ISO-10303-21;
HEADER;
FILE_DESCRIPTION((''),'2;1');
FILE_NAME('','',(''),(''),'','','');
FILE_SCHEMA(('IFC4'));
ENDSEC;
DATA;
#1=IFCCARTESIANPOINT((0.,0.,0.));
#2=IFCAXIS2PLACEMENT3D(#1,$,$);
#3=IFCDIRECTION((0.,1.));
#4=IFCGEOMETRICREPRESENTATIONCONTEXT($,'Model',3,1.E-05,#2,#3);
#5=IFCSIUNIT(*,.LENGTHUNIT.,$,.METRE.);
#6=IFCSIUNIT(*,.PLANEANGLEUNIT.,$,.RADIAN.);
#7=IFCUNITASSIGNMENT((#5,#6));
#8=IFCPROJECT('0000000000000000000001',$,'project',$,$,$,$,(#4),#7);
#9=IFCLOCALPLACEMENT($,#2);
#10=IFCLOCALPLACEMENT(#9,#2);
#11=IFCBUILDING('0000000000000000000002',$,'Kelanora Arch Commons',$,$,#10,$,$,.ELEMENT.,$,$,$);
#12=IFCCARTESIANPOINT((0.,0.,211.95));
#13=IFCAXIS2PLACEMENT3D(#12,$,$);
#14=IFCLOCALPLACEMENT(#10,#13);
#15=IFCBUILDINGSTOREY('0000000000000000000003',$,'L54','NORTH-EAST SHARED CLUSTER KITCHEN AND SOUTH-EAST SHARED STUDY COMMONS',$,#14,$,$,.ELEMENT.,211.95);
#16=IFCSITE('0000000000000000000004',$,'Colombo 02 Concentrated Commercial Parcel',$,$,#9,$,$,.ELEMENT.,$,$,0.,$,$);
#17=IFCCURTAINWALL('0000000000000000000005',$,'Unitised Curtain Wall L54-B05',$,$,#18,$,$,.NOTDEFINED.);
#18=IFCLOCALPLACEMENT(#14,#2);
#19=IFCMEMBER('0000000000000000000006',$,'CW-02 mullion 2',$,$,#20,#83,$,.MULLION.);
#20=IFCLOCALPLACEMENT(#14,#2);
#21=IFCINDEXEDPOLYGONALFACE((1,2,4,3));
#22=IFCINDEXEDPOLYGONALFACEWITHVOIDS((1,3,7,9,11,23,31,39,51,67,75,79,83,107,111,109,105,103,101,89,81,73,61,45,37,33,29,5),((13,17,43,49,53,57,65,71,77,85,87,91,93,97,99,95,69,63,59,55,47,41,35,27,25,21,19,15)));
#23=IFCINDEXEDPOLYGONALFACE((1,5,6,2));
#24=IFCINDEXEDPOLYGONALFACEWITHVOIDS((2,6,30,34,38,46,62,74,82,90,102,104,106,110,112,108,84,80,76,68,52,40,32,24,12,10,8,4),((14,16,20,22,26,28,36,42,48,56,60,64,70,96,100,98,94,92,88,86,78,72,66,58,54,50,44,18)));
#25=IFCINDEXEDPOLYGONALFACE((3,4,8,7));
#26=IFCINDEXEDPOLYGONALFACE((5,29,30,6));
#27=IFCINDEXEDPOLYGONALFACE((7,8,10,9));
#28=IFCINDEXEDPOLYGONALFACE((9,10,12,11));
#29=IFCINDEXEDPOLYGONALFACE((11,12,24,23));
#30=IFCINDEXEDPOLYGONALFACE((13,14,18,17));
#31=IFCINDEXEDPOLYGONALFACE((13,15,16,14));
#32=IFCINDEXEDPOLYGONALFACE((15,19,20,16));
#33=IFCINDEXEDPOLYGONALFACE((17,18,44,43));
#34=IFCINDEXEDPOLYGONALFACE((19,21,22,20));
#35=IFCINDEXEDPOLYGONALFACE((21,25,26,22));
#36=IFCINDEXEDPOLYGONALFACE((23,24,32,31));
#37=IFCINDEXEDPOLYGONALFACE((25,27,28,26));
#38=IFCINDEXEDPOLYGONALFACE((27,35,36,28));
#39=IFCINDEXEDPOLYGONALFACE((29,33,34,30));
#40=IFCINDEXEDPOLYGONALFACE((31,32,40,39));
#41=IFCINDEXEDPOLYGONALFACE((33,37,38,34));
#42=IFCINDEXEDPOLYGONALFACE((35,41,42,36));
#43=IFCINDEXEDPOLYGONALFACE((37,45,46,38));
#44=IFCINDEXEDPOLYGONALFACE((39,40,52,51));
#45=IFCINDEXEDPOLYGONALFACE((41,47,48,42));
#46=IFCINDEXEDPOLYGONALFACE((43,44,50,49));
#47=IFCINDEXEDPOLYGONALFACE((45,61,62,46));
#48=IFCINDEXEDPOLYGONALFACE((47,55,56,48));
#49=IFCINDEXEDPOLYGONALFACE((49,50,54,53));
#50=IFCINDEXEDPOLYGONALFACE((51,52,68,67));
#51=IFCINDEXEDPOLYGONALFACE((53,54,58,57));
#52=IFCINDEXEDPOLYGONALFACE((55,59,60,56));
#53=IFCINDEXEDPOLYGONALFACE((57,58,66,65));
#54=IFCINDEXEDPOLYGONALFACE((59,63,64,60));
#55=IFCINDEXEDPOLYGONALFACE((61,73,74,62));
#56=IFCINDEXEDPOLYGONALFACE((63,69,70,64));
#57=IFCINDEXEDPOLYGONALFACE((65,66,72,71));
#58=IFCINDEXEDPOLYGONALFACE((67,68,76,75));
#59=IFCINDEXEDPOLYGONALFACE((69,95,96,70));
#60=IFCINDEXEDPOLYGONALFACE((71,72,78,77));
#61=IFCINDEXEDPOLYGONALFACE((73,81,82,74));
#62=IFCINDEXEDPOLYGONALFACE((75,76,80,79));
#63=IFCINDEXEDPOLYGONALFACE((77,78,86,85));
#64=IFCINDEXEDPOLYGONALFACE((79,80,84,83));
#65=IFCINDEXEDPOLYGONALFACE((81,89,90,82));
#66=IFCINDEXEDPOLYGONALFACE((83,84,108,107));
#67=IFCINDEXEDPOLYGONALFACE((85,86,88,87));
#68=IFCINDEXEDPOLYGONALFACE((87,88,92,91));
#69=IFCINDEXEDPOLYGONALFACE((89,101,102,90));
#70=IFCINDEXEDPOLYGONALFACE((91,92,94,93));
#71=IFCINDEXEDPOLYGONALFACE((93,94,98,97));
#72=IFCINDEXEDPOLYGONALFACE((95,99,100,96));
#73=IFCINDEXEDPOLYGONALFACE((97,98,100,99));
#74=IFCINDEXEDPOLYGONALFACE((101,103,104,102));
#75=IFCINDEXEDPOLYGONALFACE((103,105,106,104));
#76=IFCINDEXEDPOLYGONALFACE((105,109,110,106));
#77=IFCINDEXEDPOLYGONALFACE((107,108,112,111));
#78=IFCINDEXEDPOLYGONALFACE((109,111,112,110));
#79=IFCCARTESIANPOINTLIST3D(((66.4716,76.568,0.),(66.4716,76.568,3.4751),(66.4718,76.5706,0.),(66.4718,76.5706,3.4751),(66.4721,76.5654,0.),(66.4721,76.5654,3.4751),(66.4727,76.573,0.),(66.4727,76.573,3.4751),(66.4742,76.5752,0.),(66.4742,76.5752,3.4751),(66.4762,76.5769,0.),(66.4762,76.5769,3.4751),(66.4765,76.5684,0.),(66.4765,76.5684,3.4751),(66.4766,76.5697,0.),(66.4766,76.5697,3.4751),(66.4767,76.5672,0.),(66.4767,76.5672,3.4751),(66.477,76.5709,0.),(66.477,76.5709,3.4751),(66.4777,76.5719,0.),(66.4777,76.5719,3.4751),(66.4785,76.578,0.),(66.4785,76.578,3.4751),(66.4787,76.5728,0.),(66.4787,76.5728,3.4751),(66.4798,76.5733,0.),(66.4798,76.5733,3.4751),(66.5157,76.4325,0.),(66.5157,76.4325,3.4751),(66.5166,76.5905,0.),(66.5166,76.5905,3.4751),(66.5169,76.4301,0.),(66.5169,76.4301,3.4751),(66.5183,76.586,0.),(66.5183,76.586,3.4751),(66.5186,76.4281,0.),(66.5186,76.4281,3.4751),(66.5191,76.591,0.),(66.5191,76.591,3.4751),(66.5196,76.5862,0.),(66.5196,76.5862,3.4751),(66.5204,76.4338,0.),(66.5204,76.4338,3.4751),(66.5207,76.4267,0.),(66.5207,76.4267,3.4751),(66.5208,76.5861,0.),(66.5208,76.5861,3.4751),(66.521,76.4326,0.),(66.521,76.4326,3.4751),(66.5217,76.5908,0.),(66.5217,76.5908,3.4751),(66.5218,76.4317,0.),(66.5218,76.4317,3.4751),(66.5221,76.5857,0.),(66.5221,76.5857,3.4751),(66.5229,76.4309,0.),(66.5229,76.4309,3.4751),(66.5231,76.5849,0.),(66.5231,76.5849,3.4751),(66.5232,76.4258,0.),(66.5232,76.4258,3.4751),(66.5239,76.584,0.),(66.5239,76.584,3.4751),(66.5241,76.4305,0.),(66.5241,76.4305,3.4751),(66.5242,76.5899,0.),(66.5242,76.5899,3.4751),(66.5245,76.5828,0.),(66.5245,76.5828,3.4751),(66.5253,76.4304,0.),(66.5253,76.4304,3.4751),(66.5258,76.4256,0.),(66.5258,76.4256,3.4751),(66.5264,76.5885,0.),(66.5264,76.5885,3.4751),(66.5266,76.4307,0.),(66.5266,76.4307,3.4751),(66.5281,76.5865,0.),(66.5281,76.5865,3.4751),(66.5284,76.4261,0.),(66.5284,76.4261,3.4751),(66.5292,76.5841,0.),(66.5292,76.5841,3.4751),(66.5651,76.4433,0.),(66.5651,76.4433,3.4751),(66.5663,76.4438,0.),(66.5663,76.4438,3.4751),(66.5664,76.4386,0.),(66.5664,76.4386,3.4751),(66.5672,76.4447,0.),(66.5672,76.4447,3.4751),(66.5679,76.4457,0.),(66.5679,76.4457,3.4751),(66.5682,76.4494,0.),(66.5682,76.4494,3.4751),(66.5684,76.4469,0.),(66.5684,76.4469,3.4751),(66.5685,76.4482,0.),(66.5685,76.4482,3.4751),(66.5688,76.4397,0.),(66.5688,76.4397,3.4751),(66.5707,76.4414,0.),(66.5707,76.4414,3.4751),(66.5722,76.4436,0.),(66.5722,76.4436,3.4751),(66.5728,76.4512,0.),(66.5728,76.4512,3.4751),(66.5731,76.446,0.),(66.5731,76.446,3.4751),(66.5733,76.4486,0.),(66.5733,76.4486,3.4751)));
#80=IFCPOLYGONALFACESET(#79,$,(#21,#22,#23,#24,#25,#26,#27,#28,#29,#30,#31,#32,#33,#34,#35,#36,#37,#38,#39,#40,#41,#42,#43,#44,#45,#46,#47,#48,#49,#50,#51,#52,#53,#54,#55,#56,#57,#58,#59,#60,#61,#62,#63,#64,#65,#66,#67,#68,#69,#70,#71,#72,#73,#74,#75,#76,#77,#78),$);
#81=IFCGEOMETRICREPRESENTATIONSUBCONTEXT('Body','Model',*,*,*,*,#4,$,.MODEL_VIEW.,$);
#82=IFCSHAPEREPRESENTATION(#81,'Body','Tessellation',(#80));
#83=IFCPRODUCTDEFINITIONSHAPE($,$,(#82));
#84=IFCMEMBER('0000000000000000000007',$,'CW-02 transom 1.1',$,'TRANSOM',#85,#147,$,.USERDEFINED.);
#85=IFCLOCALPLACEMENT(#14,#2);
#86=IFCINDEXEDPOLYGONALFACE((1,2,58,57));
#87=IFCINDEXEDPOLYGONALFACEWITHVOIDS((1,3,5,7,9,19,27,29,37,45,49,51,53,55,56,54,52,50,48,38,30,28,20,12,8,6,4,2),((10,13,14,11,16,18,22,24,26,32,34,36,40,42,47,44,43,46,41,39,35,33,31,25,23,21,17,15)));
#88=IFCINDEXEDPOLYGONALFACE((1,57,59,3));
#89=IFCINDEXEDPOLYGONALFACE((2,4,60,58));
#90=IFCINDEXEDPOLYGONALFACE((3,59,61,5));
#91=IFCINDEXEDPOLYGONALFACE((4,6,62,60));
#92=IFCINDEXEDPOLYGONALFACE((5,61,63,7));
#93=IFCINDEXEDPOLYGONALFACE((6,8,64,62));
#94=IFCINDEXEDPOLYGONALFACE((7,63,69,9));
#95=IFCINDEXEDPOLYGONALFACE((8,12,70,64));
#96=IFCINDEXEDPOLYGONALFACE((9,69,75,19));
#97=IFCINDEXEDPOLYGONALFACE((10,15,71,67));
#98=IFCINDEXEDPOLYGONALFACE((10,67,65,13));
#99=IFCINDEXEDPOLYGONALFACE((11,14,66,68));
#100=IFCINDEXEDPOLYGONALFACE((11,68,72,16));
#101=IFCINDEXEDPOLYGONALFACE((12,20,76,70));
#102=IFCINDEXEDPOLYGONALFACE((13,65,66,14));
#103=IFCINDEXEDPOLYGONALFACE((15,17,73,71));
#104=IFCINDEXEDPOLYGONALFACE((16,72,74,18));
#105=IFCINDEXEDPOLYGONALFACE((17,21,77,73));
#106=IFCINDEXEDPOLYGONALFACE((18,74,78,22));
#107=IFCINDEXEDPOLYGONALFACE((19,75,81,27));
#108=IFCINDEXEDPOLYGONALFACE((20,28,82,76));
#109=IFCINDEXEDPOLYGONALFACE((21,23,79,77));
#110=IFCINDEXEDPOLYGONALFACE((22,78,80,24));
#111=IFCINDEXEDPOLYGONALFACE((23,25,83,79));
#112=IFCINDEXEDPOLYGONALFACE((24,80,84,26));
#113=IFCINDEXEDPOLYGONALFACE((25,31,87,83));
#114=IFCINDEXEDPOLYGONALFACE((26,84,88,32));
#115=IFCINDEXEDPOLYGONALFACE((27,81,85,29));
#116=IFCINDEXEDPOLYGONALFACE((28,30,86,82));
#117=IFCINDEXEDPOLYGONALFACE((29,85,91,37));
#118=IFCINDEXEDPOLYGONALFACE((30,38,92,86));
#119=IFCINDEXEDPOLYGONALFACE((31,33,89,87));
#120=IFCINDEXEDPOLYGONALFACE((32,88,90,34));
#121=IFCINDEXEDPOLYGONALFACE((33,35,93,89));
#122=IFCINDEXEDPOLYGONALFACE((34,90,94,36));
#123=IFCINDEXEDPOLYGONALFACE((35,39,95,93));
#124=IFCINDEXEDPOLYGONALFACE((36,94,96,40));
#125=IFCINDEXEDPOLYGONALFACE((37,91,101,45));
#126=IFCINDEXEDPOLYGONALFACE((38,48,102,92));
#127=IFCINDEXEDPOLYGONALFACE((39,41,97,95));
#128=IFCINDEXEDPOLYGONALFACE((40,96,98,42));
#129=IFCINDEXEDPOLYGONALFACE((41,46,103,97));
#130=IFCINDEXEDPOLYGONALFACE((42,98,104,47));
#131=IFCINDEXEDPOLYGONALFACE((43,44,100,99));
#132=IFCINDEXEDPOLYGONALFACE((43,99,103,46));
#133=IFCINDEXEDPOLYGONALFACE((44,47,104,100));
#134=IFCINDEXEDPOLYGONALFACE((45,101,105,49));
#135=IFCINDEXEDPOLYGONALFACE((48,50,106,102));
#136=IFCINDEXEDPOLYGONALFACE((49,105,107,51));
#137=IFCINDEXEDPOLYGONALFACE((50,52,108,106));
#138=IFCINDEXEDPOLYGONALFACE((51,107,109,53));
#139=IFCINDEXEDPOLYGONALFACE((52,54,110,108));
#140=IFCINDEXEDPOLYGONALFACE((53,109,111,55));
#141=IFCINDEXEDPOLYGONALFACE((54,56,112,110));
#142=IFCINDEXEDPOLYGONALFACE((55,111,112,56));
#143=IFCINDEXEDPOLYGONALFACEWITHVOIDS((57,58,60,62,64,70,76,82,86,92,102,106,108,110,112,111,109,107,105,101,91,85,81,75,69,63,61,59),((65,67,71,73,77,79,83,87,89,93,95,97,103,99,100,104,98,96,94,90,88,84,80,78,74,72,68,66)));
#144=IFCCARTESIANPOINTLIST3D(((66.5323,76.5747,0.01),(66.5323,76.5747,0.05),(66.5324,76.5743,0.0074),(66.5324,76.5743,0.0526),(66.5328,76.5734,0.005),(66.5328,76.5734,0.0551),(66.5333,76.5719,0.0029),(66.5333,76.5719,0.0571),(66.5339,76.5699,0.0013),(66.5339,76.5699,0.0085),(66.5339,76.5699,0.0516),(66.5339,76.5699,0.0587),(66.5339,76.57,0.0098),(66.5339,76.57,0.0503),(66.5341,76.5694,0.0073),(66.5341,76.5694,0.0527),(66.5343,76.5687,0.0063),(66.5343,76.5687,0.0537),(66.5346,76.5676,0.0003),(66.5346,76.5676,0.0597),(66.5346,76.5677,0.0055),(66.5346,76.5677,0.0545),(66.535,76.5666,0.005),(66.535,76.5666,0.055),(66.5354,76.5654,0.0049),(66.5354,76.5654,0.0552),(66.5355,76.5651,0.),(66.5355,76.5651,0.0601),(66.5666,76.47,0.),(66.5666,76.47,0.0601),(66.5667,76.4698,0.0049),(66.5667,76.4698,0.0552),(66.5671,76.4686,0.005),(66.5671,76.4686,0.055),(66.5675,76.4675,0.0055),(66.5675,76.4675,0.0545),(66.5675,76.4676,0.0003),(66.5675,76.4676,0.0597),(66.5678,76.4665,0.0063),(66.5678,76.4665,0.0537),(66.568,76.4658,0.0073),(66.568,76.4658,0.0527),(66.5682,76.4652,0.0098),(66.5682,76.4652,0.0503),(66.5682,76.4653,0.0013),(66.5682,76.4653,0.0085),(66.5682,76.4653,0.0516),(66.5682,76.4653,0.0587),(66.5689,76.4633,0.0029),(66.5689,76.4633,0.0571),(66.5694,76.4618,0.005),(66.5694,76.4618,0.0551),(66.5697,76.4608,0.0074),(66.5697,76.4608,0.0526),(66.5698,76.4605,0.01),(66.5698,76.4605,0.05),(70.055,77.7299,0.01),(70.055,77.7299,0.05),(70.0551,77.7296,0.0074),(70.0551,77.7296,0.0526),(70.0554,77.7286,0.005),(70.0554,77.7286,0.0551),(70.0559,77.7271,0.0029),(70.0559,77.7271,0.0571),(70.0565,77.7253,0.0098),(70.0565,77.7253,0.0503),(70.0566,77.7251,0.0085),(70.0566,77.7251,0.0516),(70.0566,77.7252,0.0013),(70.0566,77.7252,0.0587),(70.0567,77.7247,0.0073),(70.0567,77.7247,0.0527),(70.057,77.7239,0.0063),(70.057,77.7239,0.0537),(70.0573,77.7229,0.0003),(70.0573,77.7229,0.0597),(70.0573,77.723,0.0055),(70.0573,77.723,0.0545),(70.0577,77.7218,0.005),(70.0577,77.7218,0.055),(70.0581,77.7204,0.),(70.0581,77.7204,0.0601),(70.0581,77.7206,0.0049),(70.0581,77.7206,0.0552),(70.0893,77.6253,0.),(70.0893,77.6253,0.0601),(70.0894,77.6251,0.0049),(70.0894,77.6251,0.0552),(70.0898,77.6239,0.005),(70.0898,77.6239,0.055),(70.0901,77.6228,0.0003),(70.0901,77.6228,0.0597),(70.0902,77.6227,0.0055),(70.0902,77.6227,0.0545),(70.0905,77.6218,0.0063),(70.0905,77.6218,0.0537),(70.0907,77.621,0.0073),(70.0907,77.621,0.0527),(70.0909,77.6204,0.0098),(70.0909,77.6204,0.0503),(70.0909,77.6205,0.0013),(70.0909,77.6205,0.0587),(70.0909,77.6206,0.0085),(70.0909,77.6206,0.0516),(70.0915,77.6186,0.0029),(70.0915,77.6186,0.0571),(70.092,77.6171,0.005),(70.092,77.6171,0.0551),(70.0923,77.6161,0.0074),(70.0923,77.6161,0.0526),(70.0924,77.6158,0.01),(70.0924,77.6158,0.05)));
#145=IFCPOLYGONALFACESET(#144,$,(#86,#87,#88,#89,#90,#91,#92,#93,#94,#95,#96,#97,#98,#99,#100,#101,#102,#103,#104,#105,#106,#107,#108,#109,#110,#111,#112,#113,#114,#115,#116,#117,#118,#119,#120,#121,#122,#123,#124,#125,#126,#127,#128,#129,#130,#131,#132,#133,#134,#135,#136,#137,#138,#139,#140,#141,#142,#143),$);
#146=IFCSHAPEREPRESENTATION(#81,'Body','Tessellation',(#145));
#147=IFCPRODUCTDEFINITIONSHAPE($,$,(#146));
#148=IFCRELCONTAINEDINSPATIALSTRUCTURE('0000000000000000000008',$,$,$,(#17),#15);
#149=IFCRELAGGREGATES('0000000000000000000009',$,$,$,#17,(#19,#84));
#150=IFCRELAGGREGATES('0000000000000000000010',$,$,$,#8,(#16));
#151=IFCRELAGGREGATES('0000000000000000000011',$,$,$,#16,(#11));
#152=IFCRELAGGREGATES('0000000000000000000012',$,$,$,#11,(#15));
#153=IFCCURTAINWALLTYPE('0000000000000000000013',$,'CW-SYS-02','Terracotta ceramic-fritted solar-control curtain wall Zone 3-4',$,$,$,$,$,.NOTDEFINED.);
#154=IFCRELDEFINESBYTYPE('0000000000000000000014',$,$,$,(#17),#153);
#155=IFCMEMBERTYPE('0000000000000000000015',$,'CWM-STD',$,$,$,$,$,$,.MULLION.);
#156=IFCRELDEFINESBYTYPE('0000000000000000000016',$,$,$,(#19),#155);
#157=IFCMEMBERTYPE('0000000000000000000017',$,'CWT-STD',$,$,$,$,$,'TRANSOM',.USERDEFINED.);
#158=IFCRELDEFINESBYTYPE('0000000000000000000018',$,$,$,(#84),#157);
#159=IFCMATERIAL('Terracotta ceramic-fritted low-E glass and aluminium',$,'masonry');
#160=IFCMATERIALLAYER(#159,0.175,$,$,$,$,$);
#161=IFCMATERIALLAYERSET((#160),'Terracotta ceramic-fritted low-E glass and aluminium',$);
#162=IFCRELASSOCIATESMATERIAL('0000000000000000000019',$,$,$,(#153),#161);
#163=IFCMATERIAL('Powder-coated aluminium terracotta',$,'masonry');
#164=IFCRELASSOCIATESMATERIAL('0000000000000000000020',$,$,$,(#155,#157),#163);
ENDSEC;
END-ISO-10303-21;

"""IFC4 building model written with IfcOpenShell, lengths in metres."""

from ifc_helpers import new_model, si_unit, direction, frame, origin, origin_2d, place, context, subcontext, project, spatial, hollow_rectangle, extrude, material, layer, layer_set, material_profile, profile_set, type_object, element, aggregate, save


model = new_model("IFC4")

# Units and contexts
model_context = context("Model", 3, precision=1e-05, world=origin(), true_north=direction((0.0, 1.0)))
body_context = subcontext(model_context, "Body", "Model", "MODEL_VIEW")
ifc_project = project(units=[si_unit("LENGTHUNIT", "METRE"), si_unit("PLANEANGLEUNIT", "RADIAN")], contexts=[model_context])

# Site, building, storey
site_placement = place(None, origin())
site = spatial("IfcSite", under=ifc_project, at=site_placement, Name="Colombo 02 Concentrated Commercial Parcel", CompositionType="ELEMENT", RefElevation=0.0)
building_placement = place(site_placement, origin())
building = spatial("IfcBuilding", under=site, at=building_placement, Name="Kelanora Arch Commons", CompositionType="ELEMENT")
storey_placement = place(building_placement, frame((0.0, 0.0, 211.95)))
storey = spatial("IfcBuildingStorey", under=building, at=storey_placement, Name="L54", Description="NORTH-EAST SHARED CLUSTER KITCHEN AND SOUTH-EAST SHARED STUDY COMMONS", CompositionType="ELEMENT", Elevation=211.95)

# Curtain wall, members
ifc_material_1 = material(Name="Terracotta ceramic-fritted low-E glass and aluminium", Category="masonry")
ifc_layer_1 = layer(ifc_material_1, 0.175)
ifc_layer_set_1 = layer_set([ifc_layer_1], Name="Terracotta ceramic-fritted low-E glass and aluminium")
curtain_wall_type = type_object("IfcCurtainWallType", Name="CW-SYS-02", Description="Terracotta ceramic-fritted solar-control curtain wall Zone 3-4", PredefinedType="NOTDEFINED", material=ifc_layer_set_1)
curtain_wall_placement = place(storey_placement, origin())
curtain_wall = element("IfcCurtainWall", 1, at=curtain_wall_placement, inside=storey, type_object=curtain_wall_type, Name="Unitised Curtain Wall L54-B05", PredefinedType="NOTDEFINED")
ifc_material_2 = material(Name="Powder-coated aluminium terracotta", Category="masonry")
ifc_material_profile_1 = material_profile(ifc_material_2, hollow_rectangle(XDim=0.1599, YDim=0.0601, WallThickness=0.0049, InnerFilletRadius=0.0049, OuterFilletRadius=0.01, at=origin_2d()), Name="CWM160x60")
ifc_profile_set_1 = profile_set([ifc_material_profile_1], Name="Powder-coated aluminium terracotta")
member_type_1 = type_object("IfcMemberType", Name="CWM-STD", PredefinedType="MULLION", material=ifc_profile_set_1)
member_1_placement = place(storey_placement, frame((66.5225, 76.5083, 0.0), z_axis=(0.0, 0.0, 1.0), x_axis=(0.311582, -0.950219, 0.0)))
member_1 = element("IfcMember", 2, at=member_1_placement, type_object=member_type_1, Name="CW-02 mullion 2", PredefinedType="MULLION", context=body_context, shape_type="SweptSolid", body=[
    extrude(hollow_rectangle(XDim=0.1599, YDim=0.0601, WallThickness=0.0049, InnerFilletRadius=0.0049, OuterFilletRadius=0.01, at=origin_2d()), origin(), (0.0, 0.0, 1.0), 3.4751),
])
ifc_material_profile_2 = material_profile(ifc_material_2, hollow_rectangle(XDim=0.1201, YDim=0.0601, WallThickness=0.0049, InnerFilletRadius=0.0049, OuterFilletRadius=0.01, at=origin_2d()), Name="CWT120x60")
ifc_profile_set_2 = profile_set([ifc_material_profile_2], Name="Powder-coated aluminium terracotta")
member_type_2 = type_object("IfcMemberType", Name="CWT-STD", ElementType="TRANSOM", PredefinedType="USERDEFINED", material=ifc_profile_set_2)
member_2_placement = place(storey_placement, frame((70.0737, 77.6729, 0.03), z_axis=(-0.950207, -0.311621, 0.0), x_axis=(0.311621, -0.950207, 0.0)))
member_2 = element("IfcMember", 3, at=member_2_placement, type_object=member_type_2, Name="CW-02 transom 1.1", ObjectType="TRANSOM", PredefinedType="USERDEFINED", context=body_context, shape_type="SweptSolid", body=[
    extrude(hollow_rectangle(XDim=0.1201, YDim=0.0601, WallThickness=0.0049, InnerFilletRadius=0.0049, OuterFilletRadius=0.01, at=origin_2d()), origin(), (0.0, 0.0, 1.0), 3.7073),
])
aggregate(curtain_wall, [member_1, member_2])

save(model, "model.ifc")
